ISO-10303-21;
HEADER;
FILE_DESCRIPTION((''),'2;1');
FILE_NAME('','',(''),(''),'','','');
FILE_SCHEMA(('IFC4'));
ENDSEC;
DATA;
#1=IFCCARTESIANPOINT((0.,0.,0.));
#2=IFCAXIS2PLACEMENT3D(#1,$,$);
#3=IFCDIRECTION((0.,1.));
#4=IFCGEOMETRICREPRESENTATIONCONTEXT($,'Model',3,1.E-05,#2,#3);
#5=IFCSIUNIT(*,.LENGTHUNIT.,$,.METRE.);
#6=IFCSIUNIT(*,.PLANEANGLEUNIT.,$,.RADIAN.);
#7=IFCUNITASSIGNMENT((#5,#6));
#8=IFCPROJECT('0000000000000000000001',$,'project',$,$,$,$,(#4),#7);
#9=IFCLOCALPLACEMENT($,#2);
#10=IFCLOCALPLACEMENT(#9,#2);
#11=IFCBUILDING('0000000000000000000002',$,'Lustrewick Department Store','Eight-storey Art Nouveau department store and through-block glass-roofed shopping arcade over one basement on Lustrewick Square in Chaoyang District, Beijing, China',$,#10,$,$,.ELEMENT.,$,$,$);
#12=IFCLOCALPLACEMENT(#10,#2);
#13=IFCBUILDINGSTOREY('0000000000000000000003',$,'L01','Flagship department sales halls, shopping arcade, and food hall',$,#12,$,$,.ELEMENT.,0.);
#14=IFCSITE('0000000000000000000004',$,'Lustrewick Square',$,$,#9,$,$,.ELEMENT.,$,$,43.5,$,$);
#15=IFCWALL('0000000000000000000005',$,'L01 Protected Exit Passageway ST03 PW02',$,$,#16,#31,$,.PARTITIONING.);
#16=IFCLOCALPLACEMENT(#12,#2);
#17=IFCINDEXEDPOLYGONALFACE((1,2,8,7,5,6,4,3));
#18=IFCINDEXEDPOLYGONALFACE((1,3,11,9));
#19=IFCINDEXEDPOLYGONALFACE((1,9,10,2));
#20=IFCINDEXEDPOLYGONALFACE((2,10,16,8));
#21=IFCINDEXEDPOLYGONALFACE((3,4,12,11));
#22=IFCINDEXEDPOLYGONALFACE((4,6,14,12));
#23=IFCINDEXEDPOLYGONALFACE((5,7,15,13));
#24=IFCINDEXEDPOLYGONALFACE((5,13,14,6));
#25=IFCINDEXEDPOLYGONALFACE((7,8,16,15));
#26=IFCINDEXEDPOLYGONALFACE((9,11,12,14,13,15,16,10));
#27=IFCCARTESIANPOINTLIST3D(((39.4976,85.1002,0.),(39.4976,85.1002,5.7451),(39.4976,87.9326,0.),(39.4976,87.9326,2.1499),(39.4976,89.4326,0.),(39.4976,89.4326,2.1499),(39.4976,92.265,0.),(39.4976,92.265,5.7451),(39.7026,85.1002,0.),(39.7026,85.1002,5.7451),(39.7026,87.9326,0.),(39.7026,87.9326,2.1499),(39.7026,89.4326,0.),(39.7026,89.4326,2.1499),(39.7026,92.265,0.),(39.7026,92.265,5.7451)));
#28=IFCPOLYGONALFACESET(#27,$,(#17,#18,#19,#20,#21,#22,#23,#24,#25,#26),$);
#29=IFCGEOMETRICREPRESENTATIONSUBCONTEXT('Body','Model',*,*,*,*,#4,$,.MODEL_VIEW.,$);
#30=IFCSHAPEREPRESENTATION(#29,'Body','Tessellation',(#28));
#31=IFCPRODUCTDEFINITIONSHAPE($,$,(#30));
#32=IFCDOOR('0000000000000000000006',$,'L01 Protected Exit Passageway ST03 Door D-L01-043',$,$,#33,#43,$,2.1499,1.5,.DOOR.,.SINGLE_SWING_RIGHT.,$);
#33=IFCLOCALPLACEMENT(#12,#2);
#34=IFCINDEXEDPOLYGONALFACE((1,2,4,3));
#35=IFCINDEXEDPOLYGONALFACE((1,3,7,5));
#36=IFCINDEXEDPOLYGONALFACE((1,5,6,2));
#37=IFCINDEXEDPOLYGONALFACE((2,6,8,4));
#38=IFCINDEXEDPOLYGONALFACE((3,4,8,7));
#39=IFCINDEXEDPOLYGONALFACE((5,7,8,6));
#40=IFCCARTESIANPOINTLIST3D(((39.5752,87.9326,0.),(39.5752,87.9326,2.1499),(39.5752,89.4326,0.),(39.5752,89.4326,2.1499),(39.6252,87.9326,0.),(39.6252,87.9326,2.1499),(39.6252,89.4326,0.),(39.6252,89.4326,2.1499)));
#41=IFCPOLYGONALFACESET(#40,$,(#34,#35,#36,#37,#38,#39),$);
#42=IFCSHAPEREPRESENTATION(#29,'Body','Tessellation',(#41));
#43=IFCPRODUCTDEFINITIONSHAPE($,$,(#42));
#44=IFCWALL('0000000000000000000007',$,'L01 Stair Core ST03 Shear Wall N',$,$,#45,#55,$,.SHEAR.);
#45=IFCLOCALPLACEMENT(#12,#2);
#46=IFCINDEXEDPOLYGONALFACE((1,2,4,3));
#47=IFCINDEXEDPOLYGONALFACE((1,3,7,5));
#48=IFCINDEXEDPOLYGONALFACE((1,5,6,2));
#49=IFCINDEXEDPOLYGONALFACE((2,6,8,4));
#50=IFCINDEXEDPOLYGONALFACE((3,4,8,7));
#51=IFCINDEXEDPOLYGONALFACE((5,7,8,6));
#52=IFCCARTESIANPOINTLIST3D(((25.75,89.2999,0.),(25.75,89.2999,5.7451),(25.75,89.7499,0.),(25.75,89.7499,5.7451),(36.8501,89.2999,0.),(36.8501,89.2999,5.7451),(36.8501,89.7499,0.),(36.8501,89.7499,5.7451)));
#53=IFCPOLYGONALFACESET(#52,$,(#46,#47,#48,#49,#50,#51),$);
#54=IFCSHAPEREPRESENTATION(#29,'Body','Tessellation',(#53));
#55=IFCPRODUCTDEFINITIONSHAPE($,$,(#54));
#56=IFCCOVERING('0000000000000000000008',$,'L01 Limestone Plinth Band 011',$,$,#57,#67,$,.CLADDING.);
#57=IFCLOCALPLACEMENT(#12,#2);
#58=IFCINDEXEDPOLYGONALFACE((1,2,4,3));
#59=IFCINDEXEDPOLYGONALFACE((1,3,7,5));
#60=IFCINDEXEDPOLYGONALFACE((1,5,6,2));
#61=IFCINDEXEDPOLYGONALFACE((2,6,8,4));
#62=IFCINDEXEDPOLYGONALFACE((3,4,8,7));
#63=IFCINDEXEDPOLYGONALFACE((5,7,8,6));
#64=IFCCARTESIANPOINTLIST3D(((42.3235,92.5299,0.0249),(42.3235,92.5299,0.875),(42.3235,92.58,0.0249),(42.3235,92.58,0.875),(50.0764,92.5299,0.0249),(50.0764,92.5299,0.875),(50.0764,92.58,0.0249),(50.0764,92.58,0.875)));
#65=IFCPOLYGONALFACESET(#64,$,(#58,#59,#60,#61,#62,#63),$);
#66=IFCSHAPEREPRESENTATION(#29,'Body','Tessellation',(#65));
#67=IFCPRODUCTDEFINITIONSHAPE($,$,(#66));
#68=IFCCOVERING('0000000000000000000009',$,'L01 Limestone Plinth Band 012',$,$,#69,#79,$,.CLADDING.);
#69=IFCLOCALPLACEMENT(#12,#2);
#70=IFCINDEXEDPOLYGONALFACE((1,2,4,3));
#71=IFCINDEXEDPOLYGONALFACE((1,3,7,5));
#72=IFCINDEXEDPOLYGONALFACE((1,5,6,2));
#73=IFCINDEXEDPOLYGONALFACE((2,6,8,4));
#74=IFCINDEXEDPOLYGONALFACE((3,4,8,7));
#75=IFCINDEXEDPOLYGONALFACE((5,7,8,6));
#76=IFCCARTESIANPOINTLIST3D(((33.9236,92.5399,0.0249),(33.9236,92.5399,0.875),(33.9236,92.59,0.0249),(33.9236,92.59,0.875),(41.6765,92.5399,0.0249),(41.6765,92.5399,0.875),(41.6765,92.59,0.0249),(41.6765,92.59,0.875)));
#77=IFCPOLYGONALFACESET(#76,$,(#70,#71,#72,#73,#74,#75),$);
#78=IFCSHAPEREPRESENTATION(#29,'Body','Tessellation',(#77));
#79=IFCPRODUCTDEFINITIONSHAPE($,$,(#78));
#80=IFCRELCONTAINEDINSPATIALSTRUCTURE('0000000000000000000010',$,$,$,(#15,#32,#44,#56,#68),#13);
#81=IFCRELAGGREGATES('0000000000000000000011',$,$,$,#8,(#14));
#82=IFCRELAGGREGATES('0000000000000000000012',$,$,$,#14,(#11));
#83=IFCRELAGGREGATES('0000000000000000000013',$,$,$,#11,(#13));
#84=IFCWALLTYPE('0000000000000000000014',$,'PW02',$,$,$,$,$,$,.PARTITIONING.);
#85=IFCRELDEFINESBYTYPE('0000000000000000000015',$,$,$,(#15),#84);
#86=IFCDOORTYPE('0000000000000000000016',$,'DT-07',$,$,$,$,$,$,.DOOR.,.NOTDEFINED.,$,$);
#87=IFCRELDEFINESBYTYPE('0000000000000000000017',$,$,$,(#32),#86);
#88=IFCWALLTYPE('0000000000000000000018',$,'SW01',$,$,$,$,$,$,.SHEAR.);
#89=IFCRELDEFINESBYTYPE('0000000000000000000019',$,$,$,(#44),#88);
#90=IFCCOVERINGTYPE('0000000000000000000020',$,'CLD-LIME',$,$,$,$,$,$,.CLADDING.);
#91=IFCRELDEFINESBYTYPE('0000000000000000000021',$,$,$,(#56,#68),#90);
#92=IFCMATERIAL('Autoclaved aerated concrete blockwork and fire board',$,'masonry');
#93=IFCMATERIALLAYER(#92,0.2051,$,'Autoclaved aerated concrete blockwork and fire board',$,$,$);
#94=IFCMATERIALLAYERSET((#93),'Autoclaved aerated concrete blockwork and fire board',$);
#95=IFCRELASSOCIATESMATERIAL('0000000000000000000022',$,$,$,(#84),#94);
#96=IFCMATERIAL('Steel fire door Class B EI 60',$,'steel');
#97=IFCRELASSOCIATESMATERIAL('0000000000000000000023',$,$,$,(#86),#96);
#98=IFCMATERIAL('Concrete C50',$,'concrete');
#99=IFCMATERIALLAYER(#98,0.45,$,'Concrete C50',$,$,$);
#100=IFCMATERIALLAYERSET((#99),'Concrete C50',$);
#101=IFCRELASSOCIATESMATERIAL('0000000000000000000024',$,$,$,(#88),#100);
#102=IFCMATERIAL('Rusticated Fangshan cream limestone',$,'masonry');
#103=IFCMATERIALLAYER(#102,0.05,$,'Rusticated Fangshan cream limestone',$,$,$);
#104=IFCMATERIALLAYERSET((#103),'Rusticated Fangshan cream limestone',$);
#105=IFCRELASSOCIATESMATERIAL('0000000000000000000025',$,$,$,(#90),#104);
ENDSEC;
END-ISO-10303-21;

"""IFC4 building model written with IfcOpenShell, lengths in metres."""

from ifc_helpers import new_model, si_unit, direction, frame, frame_2d, origin, origin_2d, place, context, subcontext, project, spatial, rectangle, extrude, material, layer, layer_set, type_object, element, fill, save


model = new_model("IFC4")

# Units and contexts
model_context = context("Model", 3, precision=1e-05, world=origin(), true_north=direction((0.0, 1.0)))
body_context = subcontext(model_context, "Body", "Model", "MODEL_VIEW")
ifc_project = project(units=[si_unit("LENGTHUNIT", "METRE"), si_unit("PLANEANGLEUNIT", "RADIAN")], contexts=[model_context])

# Site, building, storey
site_placement = place(None, origin())
site = spatial("IfcSite", under=ifc_project, at=site_placement, Name="Lustrewick Square", CompositionType="ELEMENT", RefElevation=43.5)
building_placement = place(site_placement, origin())
building = spatial("IfcBuilding", under=site, at=building_placement, Name="Lustrewick Department Store", Description="Eight-storey Art Nouveau department store and through-block glass-roofed shopping arcade over one basement on Lustrewick Square in Chaoyang District, Beijing, China", CompositionType="ELEMENT")
storey_placement = place(building_placement, origin())
storey = spatial("IfcBuildingStorey", under=building, at=storey_placement, Name="L01", Description="Flagship department sales halls, shopping arcade, and food hall", CompositionType="ELEMENT", Elevation=0.0)

# Wall, opening, door
ifc_material_1 = material(Name="Autoclaved aerated concrete blockwork and fire board", Category="masonry")
ifc_layer_1 = layer(ifc_material_1, 0.2051, Name="Autoclaved aerated concrete blockwork and fire board")
ifc_layer_set_1 = layer_set([ifc_layer_1], Name="Autoclaved aerated concrete blockwork and fire board")
wall_type_1 = type_object("IfcWallType", Name="PW02", PredefinedType="PARTITIONING", material=ifc_layer_set_1)
wall_1_placement = place(storey_placement, frame((39.6001, 85.1001, 0.0), z_axis=(0.0, 0.0, 1.0), x_axis=(0.0, 1.0, 0.0)))
wall_1 = element("IfcWall", 1, at=wall_1_placement, inside=storey, type_object=wall_type_1, Name="L01 Protected Exit Passageway ST03 PW02", PredefinedType="PARTITIONING", context=body_context, shape_type="SweptSolid", body=[
    extrude(rectangle(XDim=7.1648, YDim=0.2051, at=frame_2d((3.5825, 0.0))), origin(), (0.0, 0.0, 1.0), 5.7451),
])
opening_1_placement = place(wall_1_placement, frame((2.8325, 0.0, 0.0)))
opening_1 = element("IfcOpeningElement", 2, at=opening_1_placement, cuts=wall_1, PredefinedType="OPENING", context=body_context, shape_type="SweptSolid", body=[
    extrude(rectangle(XDim=1.5, YDim=2.1499, at=frame_2d((0.75, 1.075))), frame((0.0, 0.1125, 0.0), z_axis=(0.0, -1.0, 0.0), x_axis=(1.0, 0.0, 0.0)), (0.0, 0.0, 1.0), 0.2251),
])
ifc_material_2 = material(Name="Steel fire door Class B EI 60", Category="steel")
door_type_1 = type_object("IfcDoorType", Name="DT-07", OperationType="NOTDEFINED", PredefinedType="DOOR", material=ifc_material_2)
door_1_placement = place(opening_1_placement, origin())
door_1 = element("IfcDoor", 3, at=door_1_placement, inside=storey, type_object=door_type_1, Name="L01 Protected Exit Passageway ST03 Door D-L01-043", OperationType="SINGLE_SWING_RIGHT", OverallHeight=2.1499, OverallWidth=1.5, PredefinedType="DOOR", context=body_context, shape_type="SweptSolid", body=[
    extrude(rectangle(XDim=1.5, YDim=2.1499, at=frame_2d((0.75, 1.075))), frame((0.0, 0.0249, 0.0), z_axis=(0.0, -1.0, 0.0), x_axis=(1.0, 0.0, 0.0)), (0.0, 0.0, 1.0), 0.05),
])
fill(opening_1, door_1)

# Wall
ifc_material_3 = material(Name="Concrete C50", Category="concrete")
ifc_layer_2 = layer(ifc_material_3, 0.45, Name="Concrete C50")
ifc_layer_set_2 = layer_set([ifc_layer_2], Name="Concrete C50")
wall_type_2 = type_object("IfcWallType", Name="SW01", PredefinedType="SHEAR", material=ifc_layer_set_2)
wall_2_placement = place(storey_placement, frame((36.8501, 89.5249, 0.0), z_axis=(0.0, 0.0, 1.0), x_axis=(-1.0, 0.0, 0.0)))
element("IfcWall", 4, at=wall_2_placement, inside=storey, type_object=wall_type_2, Name="L01 Stair Core ST03 Shear Wall N", PredefinedType="SHEAR", context=body_context, shape_type="SweptSolid", body=[
    extrude(rectangle(XDim=11.1001, YDim=0.45, at=frame_2d((5.55, 0.0))), origin(), (0.0, 0.0, 1.0), 5.7451),
])

# Coverings
ifc_material_4 = material(Name="Rusticated Fangshan cream limestone", Category="masonry")
ifc_layer_3 = layer(ifc_material_4, 0.05, Name="Rusticated Fangshan cream limestone")
ifc_layer_set_3 = layer_set([ifc_layer_3], Name="Rusticated Fangshan cream limestone")
covering_type = type_object("IfcCoveringType", Name="CLD-LIME", PredefinedType="CLADDING", material=ifc_layer_set_3)
for number, where, z_axis, x_axis, name in (
    (5, (46.2, 92.5549, 0.0249), (0.0, 0.0, 1.0), (-1.0, 0.0, 0.0), "L01 Limestone Plinth Band 011"),
    (6, (37.8, 92.5649, 0.0249), (0.0, 0.0, 1.0), (-1.0, 0.0, 0.0), "L01 Limestone Plinth Band 012"),
):
    element("IfcCovering", number, at=place(storey_placement, frame(where, z_axis=z_axis, x_axis=x_axis)), inside=storey, type_object=covering_type, Name=name, PredefinedType="CLADDING", context=body_context, shape_type="SweptSolid", body=[
        extrude(rectangle(XDim=7.7529, YDim=0.05, at=origin_2d()), origin(), (0.0, 0.0, 1.0), 0.8501),
    ])

save(model, "model.ifc")
